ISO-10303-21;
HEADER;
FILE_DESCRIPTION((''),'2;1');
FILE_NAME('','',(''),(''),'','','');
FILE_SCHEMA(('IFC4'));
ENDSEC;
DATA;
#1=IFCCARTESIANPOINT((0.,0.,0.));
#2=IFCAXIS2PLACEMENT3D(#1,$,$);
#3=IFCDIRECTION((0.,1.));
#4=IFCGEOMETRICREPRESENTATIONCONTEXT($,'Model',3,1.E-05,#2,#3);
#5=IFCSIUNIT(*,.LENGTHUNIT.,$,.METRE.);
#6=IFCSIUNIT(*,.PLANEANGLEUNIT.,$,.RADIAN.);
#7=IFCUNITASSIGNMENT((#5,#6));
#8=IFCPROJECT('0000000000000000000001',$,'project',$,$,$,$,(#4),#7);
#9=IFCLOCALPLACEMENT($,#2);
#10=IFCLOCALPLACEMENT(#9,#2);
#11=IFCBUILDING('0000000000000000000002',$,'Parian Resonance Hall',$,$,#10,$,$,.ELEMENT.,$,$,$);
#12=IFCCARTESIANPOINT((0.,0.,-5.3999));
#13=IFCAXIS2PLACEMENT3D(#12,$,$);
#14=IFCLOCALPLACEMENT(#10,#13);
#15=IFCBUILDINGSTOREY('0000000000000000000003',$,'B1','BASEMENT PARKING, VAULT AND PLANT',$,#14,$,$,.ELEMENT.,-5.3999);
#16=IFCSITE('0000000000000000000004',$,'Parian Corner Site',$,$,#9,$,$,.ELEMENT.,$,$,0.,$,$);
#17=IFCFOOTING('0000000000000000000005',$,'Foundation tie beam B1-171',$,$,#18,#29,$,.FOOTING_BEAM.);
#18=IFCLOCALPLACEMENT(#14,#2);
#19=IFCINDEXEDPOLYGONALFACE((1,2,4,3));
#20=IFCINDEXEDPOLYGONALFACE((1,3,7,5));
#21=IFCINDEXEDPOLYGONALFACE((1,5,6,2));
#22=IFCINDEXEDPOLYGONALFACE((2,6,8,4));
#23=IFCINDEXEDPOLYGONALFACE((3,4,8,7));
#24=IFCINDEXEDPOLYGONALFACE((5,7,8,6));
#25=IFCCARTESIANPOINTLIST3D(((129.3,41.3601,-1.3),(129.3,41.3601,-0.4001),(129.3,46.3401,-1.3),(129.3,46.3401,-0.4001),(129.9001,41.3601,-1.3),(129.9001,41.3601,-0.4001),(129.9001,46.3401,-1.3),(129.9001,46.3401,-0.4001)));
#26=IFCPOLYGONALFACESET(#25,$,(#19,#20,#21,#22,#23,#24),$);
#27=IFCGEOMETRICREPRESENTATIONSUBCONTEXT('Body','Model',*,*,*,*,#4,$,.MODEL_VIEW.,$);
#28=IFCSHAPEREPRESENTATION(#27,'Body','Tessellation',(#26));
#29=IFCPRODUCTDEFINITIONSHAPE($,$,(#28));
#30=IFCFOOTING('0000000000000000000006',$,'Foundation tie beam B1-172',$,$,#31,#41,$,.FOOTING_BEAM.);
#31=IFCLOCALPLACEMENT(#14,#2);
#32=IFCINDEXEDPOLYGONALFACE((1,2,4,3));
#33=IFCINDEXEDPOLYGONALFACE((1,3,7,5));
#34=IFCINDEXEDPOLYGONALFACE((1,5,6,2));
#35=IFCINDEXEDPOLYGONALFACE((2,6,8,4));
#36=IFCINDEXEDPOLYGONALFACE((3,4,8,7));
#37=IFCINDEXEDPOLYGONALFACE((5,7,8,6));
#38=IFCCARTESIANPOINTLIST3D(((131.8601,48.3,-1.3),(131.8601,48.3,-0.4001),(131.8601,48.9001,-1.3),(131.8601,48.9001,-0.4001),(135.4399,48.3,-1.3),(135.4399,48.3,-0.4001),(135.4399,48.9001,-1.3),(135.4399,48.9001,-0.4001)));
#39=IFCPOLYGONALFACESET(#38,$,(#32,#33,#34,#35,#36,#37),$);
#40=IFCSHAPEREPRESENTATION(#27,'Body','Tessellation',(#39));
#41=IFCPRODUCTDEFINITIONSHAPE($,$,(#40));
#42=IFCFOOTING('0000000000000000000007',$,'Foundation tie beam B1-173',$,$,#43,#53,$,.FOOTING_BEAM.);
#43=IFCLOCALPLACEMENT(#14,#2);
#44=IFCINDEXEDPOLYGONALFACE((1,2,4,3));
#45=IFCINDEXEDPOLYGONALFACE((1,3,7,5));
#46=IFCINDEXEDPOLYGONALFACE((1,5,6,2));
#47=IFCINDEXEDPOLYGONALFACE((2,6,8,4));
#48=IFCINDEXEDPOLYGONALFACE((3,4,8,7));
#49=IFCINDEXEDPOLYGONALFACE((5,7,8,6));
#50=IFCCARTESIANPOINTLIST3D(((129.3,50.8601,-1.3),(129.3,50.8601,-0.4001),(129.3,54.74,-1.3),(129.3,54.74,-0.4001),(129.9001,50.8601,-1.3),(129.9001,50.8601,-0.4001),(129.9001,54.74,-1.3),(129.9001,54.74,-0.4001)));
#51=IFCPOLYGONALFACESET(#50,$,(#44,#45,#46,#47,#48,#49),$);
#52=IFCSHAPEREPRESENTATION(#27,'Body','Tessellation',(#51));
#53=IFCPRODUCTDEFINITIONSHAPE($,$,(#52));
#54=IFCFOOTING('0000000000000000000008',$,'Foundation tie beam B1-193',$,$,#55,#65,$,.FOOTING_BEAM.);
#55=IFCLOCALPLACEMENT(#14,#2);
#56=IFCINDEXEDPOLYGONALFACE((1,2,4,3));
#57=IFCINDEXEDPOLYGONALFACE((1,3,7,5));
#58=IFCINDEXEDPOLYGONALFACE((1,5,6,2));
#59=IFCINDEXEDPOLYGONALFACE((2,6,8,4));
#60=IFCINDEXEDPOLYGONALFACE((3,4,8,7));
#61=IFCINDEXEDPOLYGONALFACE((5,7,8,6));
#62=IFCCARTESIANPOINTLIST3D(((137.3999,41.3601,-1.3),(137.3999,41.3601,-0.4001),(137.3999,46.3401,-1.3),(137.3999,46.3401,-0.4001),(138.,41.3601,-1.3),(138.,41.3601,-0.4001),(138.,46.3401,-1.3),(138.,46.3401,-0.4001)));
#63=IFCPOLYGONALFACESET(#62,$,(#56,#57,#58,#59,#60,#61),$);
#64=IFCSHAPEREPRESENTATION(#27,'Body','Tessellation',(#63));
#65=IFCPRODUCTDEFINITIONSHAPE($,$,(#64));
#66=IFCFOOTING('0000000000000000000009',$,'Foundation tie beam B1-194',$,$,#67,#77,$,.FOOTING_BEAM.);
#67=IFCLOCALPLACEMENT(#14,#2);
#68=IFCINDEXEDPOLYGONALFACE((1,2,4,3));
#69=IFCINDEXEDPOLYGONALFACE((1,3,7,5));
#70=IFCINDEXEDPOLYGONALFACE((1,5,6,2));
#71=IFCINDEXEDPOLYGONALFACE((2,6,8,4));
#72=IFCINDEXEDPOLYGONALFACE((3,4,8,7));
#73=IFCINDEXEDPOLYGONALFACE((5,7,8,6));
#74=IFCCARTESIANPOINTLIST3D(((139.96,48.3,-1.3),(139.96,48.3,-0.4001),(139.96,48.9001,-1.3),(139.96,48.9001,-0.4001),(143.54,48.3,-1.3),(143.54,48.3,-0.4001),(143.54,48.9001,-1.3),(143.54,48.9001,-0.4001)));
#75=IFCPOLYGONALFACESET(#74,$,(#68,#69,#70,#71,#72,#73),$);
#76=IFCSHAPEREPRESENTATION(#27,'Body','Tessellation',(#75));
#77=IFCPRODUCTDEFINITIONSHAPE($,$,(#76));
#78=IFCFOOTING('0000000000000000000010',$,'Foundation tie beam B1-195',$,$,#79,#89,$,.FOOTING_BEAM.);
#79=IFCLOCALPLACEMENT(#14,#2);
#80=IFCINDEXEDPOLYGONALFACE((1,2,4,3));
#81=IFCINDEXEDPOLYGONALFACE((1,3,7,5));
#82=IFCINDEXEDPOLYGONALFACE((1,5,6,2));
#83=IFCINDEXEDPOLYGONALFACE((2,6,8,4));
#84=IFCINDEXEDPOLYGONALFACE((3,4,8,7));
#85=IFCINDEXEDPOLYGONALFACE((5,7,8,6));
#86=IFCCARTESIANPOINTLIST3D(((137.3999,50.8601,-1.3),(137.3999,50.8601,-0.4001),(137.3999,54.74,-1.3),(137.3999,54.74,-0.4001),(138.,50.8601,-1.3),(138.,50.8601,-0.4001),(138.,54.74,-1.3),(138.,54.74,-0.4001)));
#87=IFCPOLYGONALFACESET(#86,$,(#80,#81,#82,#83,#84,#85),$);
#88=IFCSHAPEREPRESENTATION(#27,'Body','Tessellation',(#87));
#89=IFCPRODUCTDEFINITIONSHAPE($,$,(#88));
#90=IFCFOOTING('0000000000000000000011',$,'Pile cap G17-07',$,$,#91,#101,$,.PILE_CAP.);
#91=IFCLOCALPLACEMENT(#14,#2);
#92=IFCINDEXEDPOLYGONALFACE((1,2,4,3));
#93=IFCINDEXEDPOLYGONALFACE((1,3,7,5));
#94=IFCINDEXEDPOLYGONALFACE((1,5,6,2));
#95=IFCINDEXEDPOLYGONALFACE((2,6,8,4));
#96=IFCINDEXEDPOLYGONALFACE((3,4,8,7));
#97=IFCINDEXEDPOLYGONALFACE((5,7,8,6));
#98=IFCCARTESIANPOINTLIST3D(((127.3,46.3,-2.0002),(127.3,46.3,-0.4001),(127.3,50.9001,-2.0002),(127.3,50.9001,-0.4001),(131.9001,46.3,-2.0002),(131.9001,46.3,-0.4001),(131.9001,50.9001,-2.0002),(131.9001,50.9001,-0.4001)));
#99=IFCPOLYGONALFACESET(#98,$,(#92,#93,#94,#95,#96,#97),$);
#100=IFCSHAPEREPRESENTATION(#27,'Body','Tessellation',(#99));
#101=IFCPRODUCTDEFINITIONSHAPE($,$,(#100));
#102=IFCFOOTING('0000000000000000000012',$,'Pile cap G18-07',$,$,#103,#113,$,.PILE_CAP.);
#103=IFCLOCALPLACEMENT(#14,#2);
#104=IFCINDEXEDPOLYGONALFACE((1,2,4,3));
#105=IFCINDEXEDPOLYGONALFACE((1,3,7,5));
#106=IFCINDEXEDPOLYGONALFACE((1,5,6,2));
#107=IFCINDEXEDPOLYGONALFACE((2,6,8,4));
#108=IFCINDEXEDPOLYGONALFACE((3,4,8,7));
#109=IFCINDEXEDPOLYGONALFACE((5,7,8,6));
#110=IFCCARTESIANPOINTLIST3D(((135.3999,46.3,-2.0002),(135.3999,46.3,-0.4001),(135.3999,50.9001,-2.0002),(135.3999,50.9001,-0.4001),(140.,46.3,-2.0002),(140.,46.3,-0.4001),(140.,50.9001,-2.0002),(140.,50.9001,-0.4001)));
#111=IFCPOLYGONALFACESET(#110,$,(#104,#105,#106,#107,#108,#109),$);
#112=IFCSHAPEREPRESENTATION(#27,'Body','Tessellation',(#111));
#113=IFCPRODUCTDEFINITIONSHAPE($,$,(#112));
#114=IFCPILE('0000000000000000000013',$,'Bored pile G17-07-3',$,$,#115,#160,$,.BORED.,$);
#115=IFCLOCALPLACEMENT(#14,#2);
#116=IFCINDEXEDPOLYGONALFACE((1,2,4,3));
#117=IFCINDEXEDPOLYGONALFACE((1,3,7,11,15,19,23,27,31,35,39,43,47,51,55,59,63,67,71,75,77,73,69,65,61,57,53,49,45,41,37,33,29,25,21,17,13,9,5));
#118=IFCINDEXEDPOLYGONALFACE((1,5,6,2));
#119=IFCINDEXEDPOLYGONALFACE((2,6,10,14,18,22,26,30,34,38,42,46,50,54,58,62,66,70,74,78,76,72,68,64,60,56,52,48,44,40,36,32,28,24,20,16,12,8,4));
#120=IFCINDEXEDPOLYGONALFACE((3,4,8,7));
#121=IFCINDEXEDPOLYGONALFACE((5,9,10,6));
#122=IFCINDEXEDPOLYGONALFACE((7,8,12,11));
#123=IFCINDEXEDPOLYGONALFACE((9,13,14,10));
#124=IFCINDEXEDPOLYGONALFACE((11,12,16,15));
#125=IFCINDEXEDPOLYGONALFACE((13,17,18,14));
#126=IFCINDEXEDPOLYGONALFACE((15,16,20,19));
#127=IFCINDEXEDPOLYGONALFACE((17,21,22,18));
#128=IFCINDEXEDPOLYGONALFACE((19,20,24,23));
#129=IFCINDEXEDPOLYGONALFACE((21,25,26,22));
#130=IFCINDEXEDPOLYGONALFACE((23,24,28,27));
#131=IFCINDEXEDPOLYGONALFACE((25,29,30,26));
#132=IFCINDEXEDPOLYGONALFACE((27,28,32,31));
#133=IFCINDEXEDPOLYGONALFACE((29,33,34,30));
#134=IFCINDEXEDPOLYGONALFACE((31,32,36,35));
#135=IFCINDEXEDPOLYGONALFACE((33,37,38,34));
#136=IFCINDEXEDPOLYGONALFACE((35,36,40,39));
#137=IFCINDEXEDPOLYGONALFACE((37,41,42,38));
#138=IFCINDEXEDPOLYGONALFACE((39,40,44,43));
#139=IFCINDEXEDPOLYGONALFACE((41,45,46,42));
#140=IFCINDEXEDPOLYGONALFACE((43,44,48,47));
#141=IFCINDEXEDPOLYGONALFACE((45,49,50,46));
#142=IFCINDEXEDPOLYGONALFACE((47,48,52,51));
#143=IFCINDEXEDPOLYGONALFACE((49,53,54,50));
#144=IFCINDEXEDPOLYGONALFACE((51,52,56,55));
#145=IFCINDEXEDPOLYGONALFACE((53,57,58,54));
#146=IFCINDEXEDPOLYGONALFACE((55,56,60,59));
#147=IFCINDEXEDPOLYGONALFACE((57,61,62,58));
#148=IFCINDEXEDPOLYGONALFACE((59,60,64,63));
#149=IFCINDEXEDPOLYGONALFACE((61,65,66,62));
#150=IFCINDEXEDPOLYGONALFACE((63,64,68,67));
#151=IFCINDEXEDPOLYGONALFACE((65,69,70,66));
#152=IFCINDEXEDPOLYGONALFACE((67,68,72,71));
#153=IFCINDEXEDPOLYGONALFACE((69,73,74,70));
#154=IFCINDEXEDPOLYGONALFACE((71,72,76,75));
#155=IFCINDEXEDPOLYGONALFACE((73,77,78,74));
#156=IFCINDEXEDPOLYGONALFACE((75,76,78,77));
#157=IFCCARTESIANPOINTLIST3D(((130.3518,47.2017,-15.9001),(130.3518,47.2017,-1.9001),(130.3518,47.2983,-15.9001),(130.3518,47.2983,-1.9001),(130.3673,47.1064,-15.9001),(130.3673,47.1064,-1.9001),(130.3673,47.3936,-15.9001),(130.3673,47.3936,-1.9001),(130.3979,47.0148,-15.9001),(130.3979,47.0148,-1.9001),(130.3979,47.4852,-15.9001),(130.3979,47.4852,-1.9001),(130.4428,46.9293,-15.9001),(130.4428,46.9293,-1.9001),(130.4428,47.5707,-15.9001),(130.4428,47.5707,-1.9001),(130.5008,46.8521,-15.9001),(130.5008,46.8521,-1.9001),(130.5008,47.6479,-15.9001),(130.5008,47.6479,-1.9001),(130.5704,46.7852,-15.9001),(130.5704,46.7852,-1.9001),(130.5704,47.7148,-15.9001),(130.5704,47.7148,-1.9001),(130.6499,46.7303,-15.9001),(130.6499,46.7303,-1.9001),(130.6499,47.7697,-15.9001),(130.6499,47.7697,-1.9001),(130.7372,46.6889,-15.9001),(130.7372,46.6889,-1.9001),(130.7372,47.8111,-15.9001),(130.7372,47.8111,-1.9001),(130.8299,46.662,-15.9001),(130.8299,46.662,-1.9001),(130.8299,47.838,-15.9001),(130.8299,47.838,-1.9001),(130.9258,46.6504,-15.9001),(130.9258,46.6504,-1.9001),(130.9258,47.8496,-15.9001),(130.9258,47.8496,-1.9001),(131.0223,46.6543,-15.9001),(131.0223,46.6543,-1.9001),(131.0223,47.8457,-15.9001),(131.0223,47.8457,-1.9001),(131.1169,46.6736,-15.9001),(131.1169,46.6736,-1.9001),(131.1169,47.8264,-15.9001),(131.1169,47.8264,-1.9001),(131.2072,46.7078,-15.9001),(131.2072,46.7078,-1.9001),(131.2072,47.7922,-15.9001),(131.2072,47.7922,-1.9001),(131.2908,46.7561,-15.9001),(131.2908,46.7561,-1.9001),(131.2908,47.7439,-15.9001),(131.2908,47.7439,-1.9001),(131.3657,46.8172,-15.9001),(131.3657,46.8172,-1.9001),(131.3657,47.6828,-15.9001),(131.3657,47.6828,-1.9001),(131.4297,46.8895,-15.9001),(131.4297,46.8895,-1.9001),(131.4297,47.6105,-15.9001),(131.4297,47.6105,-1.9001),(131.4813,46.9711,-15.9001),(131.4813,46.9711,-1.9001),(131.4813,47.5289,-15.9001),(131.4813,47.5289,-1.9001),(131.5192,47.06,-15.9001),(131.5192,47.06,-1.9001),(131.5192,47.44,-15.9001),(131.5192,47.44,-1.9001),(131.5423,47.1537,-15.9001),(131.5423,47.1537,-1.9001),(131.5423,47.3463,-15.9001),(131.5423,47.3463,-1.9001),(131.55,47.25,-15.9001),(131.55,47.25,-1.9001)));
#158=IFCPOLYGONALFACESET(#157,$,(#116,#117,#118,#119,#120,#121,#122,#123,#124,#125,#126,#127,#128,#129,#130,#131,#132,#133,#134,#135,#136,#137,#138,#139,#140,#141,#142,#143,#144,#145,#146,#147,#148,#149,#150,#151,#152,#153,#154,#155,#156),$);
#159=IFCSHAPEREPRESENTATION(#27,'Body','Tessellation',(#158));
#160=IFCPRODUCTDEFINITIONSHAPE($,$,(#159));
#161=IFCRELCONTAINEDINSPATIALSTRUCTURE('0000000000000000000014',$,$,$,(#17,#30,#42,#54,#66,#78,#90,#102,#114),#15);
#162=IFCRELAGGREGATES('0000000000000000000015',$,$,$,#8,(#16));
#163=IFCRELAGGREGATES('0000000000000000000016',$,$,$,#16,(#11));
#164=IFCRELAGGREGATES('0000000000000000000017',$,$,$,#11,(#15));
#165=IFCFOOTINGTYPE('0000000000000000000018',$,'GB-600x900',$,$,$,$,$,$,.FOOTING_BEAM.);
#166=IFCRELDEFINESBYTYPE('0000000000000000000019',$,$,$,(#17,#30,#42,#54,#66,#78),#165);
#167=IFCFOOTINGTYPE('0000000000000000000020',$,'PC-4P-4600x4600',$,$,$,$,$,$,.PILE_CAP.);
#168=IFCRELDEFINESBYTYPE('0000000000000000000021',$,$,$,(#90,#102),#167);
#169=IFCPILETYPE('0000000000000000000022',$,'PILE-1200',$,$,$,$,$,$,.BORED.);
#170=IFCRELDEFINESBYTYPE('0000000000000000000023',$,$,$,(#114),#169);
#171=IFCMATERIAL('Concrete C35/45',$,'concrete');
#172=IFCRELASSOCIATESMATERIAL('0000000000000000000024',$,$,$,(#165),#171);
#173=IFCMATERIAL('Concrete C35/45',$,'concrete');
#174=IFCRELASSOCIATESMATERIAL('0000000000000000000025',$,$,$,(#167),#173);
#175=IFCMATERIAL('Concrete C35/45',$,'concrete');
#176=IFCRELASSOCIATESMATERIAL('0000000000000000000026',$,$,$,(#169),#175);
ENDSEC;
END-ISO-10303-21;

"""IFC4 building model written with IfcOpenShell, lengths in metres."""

from ifc_helpers import new_model, si_unit, direction, frame, origin, origin_2d, place, context, subcontext, project, spatial, rectangle, circle, extrude, material, material_profile, profile_set, type_object, element, save


model = new_model("IFC4")

# Units and contexts
model_context = context("Model", 3, precision=1e-05, world=origin(), true_north=direction((0.0, 1.0)))
body_context = subcontext(model_context, "Body", "Model", "MODEL_VIEW")
ifc_project = project(units=[si_unit("LENGTHUNIT", "METRE"), si_unit("PLANEANGLEUNIT", "RADIAN")], contexts=[model_context])

# Site, building, storey
site_placement = place(None, origin())
site = spatial("IfcSite", under=ifc_project, at=site_placement, Name="Parian Corner Site", CompositionType="ELEMENT", RefElevation=0.0)
building_placement = place(site_placement, origin())
building = spatial("IfcBuilding", under=site, at=building_placement, Name="Parian Resonance Hall", CompositionType="ELEMENT")
storey_placement = place(building_placement, frame((0.0, 0.0, -5.3999)))
storey = spatial("IfcBuildingStorey", under=building, at=storey_placement, Name="B1", Description="BASEMENT PARKING, VAULT AND PLANT", CompositionType="ELEMENT", Elevation=-5.3999)

# Footings
ifc_material_1 = material(Name="Concrete C35/45", Category="concrete")
ifc_material_profile_1 = material_profile(ifc_material_1, rectangle(XDim=0.6001, YDim=0.8999, at=origin_2d()), Name="RC-GB-600x900")
ifc_profile_set_1 = profile_set([ifc_material_profile_1], Name="Concrete C35/45")
footing_type_1 = type_object("IfcFootingType", Name="GB-600x900", PredefinedType="FOOTING_BEAM", material=ifc_profile_set_1)
footing_1_placement = place(storey_placement, frame((129.6001, 41.3601, -0.8501), z_axis=(0.0, 1.0, 0.0), x_axis=(-1.0, 0.0, 0.0)))
element("IfcFooting", 1, at=footing_1_placement, inside=storey, type_object=footing_type_1, Name="Foundation tie beam B1-171", PredefinedType="FOOTING_BEAM", context=body_context, shape_type="SweptSolid", body=[
    extrude(rectangle(XDim=0.6001, YDim=0.8999, at=origin_2d()), origin(), (0.0, 0.0, 1.0), 4.98),
])
footing_2_placement = place(storey_placement, frame((131.8601, 48.6001, -0.8501), z_axis=(1.0, 0.0, 0.0), x_axis=(0.0, 1.0, 0.0)))
element("IfcFooting", 2, at=footing_2_placement, inside=storey, type_object=footing_type_1, Name="Foundation tie beam B1-172", PredefinedType="FOOTING_BEAM", context=body_context, shape_type="SweptSolid", body=[
    extrude(rectangle(XDim=0.6001, YDim=0.8999, at=origin_2d()), origin(), (0.0, 0.0, 1.0), 3.5798),
])
footing_3_placement = place(storey_placement, frame((129.6001, 50.8601, -0.8501), z_axis=(0.0, 1.0, 0.0), x_axis=(-1.0, 0.0, 0.0)))
element("IfcFooting", 3, at=footing_3_placement, inside=storey, type_object=footing_type_1, Name="Foundation tie beam B1-173", PredefinedType="FOOTING_BEAM", context=body_context, shape_type="SweptSolid", body=[
    extrude(rectangle(XDim=0.6001, YDim=0.8999, at=origin_2d()), origin(), (0.0, 0.0, 1.0), 3.8799),
])
footing_4_placement = place(storey_placement, frame((137.7, 41.3601, -0.8501), z_axis=(0.0, 1.0, 0.0), x_axis=(-1.0, 0.0, 0.0)))
element("IfcFooting", 4, at=footing_4_placement, inside=storey, type_object=footing_type_1, Name="Foundation tie beam B1-193", PredefinedType="FOOTING_BEAM", context=body_context, shape_type="SweptSolid", body=[
    extrude(rectangle(XDim=0.6001, YDim=0.8999, at=origin_2d()), origin(), (0.0, 0.0, 1.0), 4.98),
])
footing_5_placement = place(storey_placement, frame((139.96, 48.6001, -0.8501), z_axis=(1.0, 0.0, 0.0), x_axis=(0.0, 1.0, 0.0)))
element("IfcFooting", 5, at=footing_5_placement, inside=storey, type_object=footing_type_1, Name="Foundation tie beam B1-194", PredefinedType="FOOTING_BEAM", context=body_context, shape_type="SweptSolid", body=[
    extrude(rectangle(XDim=0.6001, YDim=0.8999, at=origin_2d()), origin(), (0.0, 0.0, 1.0), 3.5801),
])
footing_6_placement = place(storey_placement, frame((137.7, 50.8601, -0.8501), z_axis=(0.0, 1.0, 0.0), x_axis=(-1.0, 0.0, 0.0)))
element("IfcFooting", 6, at=footing_6_placement, inside=storey, type_object=footing_type_1, Name="Foundation tie beam B1-195", PredefinedType="FOOTING_BEAM", context=body_context, shape_type="SweptSolid", body=[
    extrude(rectangle(XDim=0.6001, YDim=0.8999, at=origin_2d()), origin(), (0.0, 0.0, 1.0), 3.8799),
])
ifc_material_2 = material(Name="Concrete C35/45", Category="concrete")
footing_type_2 = type_object("IfcFootingType", Name="PC-4P-4600x4600", PredefinedType="PILE_CAP", material=ifc_material_2)
for number, where, z_axis, x_axis, name in (
    (7, (129.6001, 48.6001, -2.0002), (0.0, 0.0, 1.0), (1.0, 0.0, 0.0), "Pile cap G17-07"),
    (8, (137.7, 48.6001, -2.0002), (0.0, 0.0, 1.0), (1.0, 0.0, 0.0), "Pile cap G18-07"),
):
    element("IfcFooting", number, at=place(storey_placement, frame(where, z_axis=z_axis, x_axis=x_axis)), inside=storey, type_object=footing_type_2, Name=name, PredefinedType="PILE_CAP", context=body_context, shape_type="SweptSolid", body=[
        extrude(rectangle(XDim=4.6001, YDim=4.6001, at=origin_2d()), origin(), (0.0, 0.0, 1.0), 1.6001),
    ])

# Pile
ifc_material_3 = material(Name="Concrete C35/45", Category="concrete")
ifc_material_profile_2 = material_profile(ifc_material_3, circle(Radius=0.6001, at=origin_2d()), Name="PILE-D1200")
ifc_profile_set_2 = profile_set([ifc_material_profile_2], Name="Concrete C35/45")
pile_type = type_object("IfcPileType", Name="PILE-1200", PredefinedType="BORED", material=ifc_profile_set_2)
for number, where, z_axis, x_axis, name in (
    (9, (130.95, 47.25, -1.9001), (0.0, 0.0, -1.0), (1.0, 0.0, 0.0), "Bored pile G17-07-3"),
):
    element("IfcPile", number, at=place(storey_placement, frame(where, z_axis=z_axis, x_axis=x_axis)), inside=storey, type_object=pile_type, Name=name, PredefinedType="BORED", context=body_context, shape_type="SweptSolid", body=[
        extrude(circle(Radius=0.6001, at=origin_2d()), origin(), (0.0, 0.0, 1.0), 14.0),
    ])

save(model, "model.ifc")
